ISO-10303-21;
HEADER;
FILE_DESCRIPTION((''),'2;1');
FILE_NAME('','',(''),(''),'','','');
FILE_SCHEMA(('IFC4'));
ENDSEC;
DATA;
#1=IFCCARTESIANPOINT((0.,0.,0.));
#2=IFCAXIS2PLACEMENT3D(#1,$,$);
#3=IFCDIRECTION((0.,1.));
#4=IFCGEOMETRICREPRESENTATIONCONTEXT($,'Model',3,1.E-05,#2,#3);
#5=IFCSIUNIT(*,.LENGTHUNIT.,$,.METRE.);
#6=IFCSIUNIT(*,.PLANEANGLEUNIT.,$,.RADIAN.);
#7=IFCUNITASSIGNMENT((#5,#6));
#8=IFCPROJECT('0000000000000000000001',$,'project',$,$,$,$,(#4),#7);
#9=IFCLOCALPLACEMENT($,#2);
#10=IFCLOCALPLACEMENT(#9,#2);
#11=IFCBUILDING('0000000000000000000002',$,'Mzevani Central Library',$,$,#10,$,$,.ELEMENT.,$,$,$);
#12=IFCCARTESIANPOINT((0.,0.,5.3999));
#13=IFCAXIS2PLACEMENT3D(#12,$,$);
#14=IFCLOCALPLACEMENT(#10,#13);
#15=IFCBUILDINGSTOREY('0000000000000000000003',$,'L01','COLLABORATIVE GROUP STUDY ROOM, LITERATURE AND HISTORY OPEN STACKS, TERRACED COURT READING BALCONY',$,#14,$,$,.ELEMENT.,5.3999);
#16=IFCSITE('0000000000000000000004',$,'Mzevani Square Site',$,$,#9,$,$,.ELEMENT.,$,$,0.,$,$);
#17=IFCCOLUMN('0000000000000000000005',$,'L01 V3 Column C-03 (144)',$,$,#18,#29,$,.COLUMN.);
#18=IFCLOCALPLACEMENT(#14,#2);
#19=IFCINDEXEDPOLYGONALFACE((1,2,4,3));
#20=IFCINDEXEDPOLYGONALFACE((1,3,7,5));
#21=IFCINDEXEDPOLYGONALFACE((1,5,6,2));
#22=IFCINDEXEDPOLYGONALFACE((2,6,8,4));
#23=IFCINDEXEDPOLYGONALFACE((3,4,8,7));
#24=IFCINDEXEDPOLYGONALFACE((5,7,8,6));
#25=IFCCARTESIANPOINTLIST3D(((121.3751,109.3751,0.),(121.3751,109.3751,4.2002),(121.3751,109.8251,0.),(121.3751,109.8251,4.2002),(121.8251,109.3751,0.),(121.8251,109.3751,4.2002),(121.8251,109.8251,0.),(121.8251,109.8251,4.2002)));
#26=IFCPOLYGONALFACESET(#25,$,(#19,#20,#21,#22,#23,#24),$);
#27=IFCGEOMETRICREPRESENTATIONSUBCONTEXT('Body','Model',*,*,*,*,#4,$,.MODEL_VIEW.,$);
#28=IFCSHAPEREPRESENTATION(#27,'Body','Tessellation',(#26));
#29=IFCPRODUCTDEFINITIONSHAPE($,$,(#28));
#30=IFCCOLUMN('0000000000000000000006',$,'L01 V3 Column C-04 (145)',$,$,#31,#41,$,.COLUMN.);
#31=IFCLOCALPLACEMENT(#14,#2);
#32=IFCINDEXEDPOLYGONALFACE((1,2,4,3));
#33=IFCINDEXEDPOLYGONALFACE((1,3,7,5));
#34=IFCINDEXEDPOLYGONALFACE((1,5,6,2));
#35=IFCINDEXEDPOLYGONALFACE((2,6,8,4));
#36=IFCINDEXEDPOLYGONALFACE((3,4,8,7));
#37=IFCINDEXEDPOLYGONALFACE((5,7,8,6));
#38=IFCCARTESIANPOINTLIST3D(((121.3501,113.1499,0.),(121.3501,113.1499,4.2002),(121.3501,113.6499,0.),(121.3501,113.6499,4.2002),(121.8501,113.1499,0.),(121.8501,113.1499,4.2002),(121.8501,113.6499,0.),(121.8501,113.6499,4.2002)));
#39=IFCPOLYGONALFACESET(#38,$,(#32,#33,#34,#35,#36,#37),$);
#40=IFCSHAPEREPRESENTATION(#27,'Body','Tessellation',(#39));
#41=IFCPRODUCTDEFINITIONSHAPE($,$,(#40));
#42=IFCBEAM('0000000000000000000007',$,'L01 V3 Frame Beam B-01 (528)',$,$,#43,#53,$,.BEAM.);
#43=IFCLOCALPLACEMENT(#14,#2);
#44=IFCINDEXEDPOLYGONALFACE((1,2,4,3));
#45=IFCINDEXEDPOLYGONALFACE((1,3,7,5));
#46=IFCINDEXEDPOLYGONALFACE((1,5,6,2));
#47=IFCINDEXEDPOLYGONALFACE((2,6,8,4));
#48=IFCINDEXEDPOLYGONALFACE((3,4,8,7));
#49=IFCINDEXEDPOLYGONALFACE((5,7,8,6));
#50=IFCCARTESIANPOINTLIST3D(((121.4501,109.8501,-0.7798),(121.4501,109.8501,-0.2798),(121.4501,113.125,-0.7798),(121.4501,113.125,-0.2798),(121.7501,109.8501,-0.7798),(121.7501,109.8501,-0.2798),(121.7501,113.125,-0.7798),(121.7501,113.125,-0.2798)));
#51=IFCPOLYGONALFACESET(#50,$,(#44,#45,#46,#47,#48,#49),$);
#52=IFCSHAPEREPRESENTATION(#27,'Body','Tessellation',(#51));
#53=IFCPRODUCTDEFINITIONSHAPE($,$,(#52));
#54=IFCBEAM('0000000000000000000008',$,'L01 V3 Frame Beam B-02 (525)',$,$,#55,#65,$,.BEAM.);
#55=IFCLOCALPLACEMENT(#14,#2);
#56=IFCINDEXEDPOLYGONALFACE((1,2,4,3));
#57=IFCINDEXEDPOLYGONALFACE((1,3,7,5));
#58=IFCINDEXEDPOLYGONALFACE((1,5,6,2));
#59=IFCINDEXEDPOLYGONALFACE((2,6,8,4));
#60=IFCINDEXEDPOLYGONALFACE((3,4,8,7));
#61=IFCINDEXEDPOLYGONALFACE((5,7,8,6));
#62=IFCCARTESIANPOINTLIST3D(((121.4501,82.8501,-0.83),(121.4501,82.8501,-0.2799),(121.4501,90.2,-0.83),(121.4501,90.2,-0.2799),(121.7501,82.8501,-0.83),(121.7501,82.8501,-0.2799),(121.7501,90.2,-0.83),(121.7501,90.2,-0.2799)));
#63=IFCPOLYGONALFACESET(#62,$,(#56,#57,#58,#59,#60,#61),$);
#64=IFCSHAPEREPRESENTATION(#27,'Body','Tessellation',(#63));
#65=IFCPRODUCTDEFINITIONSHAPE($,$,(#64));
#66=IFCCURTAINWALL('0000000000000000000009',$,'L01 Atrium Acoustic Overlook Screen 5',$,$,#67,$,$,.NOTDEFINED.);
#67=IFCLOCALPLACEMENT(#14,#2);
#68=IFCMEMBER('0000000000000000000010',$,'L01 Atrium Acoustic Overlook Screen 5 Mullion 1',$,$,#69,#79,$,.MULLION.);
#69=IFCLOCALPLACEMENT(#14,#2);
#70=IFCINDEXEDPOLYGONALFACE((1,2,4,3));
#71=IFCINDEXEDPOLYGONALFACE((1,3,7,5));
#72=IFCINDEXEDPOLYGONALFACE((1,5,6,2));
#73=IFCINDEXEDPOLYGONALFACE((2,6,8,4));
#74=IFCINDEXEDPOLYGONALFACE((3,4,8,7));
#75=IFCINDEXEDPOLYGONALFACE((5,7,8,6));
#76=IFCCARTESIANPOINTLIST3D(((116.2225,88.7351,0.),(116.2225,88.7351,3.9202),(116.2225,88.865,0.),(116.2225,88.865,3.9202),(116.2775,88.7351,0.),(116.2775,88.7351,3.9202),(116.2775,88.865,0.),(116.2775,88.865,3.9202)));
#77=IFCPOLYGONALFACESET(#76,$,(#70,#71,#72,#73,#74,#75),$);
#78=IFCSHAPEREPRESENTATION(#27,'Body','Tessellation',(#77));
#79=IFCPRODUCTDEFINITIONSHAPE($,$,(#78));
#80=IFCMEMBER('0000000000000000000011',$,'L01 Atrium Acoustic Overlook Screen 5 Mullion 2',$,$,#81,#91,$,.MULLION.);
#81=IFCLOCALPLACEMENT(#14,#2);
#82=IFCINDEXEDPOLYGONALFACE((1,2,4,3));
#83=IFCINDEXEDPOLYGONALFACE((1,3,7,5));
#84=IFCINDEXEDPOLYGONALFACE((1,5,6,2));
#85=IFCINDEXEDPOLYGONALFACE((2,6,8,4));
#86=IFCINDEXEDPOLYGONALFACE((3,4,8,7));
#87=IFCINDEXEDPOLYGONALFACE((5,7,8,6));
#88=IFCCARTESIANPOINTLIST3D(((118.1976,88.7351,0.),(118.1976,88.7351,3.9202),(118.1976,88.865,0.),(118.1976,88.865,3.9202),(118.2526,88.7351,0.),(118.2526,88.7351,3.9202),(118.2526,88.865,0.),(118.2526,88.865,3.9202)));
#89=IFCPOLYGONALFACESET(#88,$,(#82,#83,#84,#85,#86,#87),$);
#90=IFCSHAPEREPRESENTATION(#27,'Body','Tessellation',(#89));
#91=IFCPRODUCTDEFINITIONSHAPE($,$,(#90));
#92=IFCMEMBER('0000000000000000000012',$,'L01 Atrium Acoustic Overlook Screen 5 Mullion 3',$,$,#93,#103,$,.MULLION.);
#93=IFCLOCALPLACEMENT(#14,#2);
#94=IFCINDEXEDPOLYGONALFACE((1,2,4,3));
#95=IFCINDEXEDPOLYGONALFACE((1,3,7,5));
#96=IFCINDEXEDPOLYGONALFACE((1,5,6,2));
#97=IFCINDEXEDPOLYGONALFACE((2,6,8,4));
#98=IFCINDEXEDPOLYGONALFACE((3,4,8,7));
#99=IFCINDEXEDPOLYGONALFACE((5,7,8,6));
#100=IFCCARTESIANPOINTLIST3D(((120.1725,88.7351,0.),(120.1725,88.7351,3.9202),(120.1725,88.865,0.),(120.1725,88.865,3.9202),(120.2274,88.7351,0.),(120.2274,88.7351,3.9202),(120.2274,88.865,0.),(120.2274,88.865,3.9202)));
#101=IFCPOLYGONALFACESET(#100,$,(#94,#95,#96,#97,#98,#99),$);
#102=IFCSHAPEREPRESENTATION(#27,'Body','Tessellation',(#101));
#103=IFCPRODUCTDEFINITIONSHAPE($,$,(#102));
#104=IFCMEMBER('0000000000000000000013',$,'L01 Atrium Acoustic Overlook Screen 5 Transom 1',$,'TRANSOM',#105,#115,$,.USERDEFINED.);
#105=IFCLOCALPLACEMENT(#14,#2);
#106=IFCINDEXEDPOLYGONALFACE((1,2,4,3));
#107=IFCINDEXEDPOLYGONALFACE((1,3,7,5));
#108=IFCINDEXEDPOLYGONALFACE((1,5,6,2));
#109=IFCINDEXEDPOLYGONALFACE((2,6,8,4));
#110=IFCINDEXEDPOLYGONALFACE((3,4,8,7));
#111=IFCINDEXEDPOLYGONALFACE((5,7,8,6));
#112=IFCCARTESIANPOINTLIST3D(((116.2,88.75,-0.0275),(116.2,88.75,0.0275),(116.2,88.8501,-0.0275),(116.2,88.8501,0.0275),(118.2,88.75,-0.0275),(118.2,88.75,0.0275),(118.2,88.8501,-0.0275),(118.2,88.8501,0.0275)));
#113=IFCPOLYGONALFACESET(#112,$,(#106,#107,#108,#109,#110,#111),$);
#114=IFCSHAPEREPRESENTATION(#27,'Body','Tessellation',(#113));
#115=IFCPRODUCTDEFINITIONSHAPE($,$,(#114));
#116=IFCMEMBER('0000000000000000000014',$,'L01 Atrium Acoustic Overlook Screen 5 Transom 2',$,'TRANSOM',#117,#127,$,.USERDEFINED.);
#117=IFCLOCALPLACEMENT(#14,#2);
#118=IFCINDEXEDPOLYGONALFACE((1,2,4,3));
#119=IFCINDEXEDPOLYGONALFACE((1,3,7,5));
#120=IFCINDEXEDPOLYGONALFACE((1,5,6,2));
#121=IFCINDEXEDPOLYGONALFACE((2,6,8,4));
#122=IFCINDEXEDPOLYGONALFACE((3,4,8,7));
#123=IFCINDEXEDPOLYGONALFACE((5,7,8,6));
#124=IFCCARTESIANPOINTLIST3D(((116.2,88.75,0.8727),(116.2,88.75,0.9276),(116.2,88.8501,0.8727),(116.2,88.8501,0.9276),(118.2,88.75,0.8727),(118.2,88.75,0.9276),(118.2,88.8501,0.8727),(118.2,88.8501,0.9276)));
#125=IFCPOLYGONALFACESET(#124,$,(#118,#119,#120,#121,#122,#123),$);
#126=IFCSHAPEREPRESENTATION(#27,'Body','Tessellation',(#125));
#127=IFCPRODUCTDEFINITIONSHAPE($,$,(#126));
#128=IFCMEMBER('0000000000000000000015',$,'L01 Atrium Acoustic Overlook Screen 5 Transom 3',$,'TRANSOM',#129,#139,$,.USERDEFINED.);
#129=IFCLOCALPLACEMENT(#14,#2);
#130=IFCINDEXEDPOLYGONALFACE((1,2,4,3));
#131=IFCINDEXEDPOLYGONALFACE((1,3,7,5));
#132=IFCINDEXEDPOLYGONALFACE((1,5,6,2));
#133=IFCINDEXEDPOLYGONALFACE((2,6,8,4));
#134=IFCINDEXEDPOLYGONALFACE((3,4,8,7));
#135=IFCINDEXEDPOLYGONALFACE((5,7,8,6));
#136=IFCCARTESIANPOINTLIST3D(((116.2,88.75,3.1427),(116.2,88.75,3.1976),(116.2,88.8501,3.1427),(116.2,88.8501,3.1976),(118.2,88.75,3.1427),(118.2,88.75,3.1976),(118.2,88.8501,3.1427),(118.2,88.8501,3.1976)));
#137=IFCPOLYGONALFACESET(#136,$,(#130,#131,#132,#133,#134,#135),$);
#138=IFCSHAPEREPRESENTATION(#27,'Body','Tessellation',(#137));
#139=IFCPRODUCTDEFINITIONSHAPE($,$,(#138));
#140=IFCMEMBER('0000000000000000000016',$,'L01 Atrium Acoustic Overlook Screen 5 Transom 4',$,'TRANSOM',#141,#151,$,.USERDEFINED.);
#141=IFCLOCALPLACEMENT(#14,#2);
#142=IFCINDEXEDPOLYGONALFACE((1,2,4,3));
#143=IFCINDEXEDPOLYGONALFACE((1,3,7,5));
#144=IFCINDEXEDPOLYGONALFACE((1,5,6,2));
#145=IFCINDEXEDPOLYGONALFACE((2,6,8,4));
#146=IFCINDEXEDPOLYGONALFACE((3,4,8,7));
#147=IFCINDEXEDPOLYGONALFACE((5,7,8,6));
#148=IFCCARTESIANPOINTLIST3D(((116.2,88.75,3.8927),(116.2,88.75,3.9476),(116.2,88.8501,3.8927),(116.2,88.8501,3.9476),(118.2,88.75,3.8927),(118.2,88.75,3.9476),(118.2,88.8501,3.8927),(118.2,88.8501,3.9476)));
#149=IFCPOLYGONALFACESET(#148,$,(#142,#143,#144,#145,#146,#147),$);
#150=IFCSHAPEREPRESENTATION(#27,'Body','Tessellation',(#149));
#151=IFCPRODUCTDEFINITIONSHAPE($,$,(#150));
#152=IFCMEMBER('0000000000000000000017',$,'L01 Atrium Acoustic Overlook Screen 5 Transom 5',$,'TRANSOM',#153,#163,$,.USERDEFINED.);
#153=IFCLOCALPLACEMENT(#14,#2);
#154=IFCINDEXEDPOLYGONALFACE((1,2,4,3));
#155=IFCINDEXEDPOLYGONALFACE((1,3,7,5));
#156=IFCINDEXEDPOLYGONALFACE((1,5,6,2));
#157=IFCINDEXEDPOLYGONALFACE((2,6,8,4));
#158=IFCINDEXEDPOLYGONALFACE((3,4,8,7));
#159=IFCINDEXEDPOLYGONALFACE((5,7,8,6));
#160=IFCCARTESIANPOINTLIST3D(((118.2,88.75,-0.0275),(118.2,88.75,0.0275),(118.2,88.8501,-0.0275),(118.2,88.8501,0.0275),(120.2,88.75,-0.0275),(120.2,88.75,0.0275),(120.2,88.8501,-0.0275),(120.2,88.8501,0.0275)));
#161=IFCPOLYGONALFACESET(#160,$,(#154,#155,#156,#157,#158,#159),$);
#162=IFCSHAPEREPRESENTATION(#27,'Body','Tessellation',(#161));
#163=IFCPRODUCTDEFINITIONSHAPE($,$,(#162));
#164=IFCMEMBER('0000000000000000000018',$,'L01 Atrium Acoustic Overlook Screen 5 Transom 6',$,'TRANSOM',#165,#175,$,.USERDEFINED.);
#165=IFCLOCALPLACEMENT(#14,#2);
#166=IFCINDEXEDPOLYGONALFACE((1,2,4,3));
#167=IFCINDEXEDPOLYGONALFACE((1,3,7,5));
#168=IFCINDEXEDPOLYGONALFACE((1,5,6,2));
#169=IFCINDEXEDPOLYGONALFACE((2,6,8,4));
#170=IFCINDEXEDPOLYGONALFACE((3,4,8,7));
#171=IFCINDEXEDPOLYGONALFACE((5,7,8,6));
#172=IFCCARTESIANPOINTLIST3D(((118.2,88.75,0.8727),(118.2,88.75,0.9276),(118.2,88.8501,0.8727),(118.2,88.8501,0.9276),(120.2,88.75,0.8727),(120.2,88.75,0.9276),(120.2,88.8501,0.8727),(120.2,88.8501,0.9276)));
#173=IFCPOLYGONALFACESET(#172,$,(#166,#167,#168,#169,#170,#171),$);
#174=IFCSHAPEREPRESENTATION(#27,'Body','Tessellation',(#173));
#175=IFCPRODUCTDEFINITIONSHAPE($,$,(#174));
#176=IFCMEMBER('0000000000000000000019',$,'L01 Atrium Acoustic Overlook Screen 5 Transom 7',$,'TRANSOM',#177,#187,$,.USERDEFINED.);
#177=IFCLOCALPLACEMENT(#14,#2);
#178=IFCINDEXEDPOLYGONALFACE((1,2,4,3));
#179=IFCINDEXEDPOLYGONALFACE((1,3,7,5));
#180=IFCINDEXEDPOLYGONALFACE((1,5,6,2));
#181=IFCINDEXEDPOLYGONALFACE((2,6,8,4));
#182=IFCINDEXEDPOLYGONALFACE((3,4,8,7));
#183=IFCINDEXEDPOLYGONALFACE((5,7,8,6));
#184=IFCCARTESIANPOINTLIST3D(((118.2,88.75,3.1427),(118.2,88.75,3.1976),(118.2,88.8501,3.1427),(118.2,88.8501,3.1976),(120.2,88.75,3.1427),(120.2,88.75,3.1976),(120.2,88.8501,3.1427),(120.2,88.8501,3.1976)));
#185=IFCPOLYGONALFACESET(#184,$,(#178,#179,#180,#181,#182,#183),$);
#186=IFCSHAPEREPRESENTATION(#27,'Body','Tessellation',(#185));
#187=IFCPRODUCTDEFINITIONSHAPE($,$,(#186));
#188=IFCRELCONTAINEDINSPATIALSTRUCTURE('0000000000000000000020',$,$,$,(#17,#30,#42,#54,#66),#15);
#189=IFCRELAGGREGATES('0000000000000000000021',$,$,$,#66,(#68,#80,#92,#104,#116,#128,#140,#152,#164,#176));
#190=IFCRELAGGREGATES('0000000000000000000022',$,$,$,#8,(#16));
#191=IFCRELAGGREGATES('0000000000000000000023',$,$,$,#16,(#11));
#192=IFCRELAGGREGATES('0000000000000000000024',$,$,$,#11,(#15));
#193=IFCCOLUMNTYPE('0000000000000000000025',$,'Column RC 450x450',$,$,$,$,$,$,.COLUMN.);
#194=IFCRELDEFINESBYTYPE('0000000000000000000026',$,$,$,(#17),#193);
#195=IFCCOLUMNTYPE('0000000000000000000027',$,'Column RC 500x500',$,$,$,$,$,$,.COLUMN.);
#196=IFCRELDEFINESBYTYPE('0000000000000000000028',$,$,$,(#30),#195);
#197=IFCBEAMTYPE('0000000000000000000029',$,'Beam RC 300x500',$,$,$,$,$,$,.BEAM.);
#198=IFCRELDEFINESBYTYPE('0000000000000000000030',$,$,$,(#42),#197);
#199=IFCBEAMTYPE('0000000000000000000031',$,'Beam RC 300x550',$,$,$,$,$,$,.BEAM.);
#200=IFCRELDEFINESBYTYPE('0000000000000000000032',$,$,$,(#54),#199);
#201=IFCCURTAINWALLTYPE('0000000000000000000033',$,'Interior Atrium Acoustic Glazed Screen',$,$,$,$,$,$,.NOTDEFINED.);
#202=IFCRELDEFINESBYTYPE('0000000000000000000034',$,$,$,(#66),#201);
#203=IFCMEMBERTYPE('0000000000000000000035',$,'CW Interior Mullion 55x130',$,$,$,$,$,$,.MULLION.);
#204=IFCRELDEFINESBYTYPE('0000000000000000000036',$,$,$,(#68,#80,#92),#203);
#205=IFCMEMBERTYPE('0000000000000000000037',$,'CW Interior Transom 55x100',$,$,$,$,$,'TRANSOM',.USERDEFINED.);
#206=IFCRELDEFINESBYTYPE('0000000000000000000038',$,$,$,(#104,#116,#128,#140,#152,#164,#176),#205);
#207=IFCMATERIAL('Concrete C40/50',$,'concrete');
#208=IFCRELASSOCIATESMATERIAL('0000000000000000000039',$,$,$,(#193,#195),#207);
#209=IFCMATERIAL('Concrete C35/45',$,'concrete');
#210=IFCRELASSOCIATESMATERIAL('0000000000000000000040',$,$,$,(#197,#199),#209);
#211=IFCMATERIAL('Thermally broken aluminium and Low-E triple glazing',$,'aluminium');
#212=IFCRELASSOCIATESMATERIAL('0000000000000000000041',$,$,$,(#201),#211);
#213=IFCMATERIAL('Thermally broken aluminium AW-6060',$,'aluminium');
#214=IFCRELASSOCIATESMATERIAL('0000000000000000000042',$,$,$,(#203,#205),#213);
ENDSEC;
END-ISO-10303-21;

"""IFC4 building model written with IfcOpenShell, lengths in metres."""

from ifc_helpers import new_model, si_unit, direction, frame, origin, origin_2d, place, context, subcontext, project, spatial, rectangle, extrude, material, material_profile, profile_set, type_object, element, aggregate, save


model = new_model("IFC4")

# Units and contexts
model_context = context("Model", 3, precision=1e-05, world=origin(), true_north=direction((0.0, 1.0)))
body_context = subcontext(model_context, "Body", "Model", "MODEL_VIEW")
ifc_project = project(units=[si_unit("LENGTHUNIT", "METRE"), si_unit("PLANEANGLEUNIT", "RADIAN")], contexts=[model_context])

# Site, building, storey
site_placement = place(None, origin())
site = spatial("IfcSite", under=ifc_project, at=site_placement, Name="Mzevani Square Site", CompositionType="ELEMENT", RefElevation=0.0)
building_placement = place(site_placement, origin())
building = spatial("IfcBuilding", under=site, at=building_placement, Name="Mzevani Central Library", CompositionType="ELEMENT")
storey_placement = place(building_placement, frame((0.0, 0.0, 5.3999)))
storey = spatial("IfcBuildingStorey", under=building, at=storey_placement, Name="L01", Description="COLLABORATIVE GROUP STUDY ROOM, LITERATURE AND HISTORY OPEN STACKS, TERRACED COURT READING BALCONY", CompositionType="ELEMENT", Elevation=5.3999)

# Columns
ifc_material_1 = material(Name="Concrete C40/50", Category="concrete")
ifc_material_profile_1 = material_profile(ifc_material_1, rectangle(XDim=0.45, YDim=0.45, at=origin_2d()), Name="RC 450x450")
ifc_profile_set_1 = profile_set([ifc_material_profile_1], Name="Concrete C40/50")
column_type_1 = type_object("IfcColumnType", Name="Column RC 450x450", PredefinedType="COLUMN", material=ifc_profile_set_1)
column_1_placement = place(storey_placement, frame((121.6001, 109.6001, 0.0), z_axis=(0.0, 0.0, 1.0), x_axis=(1.0, 0.0, 0.0)))
element("IfcColumn", 1, at=column_1_placement, inside=storey, type_object=column_type_1, Name="L01 V3 Column C-03 (144)", PredefinedType="COLUMN", context=body_context, shape_type="SweptSolid", body=[
    extrude(rectangle(XDim=0.45, YDim=0.45, at=origin_2d()), origin(), (0.0, 0.0, 1.0), 4.2002),
])
ifc_material_profile_2 = material_profile(ifc_material_1, rectangle(XDim=0.5, YDim=0.5, at=origin_2d()), Name="RC 500x500")
ifc_profile_set_2 = profile_set([ifc_material_profile_2], Name="Concrete C40/50")
column_type_2 = type_object("IfcColumnType", Name="Column RC 500x500", PredefinedType="COLUMN", material=ifc_profile_set_2)
column_2_placement = place(storey_placement, frame((121.6001, 113.3999, 0.0), z_axis=(0.0, 0.0, 1.0), x_axis=(1.0, 0.0, 0.0)))
element("IfcColumn", 2, at=column_2_placement, inside=storey, type_object=column_type_2, Name="L01 V3 Column C-04 (145)", PredefinedType="COLUMN", context=body_context, shape_type="SweptSolid", body=[
    extrude(rectangle(XDim=0.5, YDim=0.5, at=origin_2d()), origin(), (0.0, 0.0, 1.0), 4.2002),
])

# Beams
ifc_material_2 = material(Name="Concrete C35/45", Category="concrete")
ifc_material_profile_3 = material_profile(ifc_material_2, rectangle(XDim=0.3, YDim=0.5, at=origin_2d()), Name="RC B300x500")
ifc_profile_set_3 = profile_set([ifc_material_profile_3], Name="Concrete C35/45")
beam_type_1 = type_object("IfcBeamType", Name="Beam RC 300x500", PredefinedType="BEAM", material=ifc_profile_set_3)
beam_1_placement = place(storey_placement, frame((121.6001, 109.8501, -0.5298), z_axis=(0.0, 1.0, 0.0), x_axis=(-1.0, 0.0, 0.0)))
element("IfcBeam", 3, at=beam_1_placement, inside=storey, type_object=beam_type_1, Name="L01 V3 Frame Beam B-01 (528)", PredefinedType="BEAM", context=body_context, shape_type="SweptSolid", body=[
    extrude(rectangle(XDim=0.3, YDim=0.5, at=origin_2d()), origin(), (0.0, 0.0, 1.0), 3.2749),
])
ifc_material_profile_4 = material_profile(ifc_material_2, rectangle(XDim=0.3, YDim=0.55, at=origin_2d()), Name="RC B300x550")
ifc_profile_set_4 = profile_set([ifc_material_profile_4], Name="Concrete C35/45")
beam_type_2 = type_object("IfcBeamType", Name="Beam RC 300x550", PredefinedType="BEAM", material=ifc_profile_set_4)
beam_2_placement = place(storey_placement, frame((121.6001, 82.8501, -0.5549), z_axis=(0.0, 1.0, 0.0), x_axis=(-1.0, 0.0, 0.0)))
element("IfcBeam", 4, at=beam_2_placement, inside=storey, type_object=beam_type_2, Name="L01 V3 Frame Beam B-02 (525)", PredefinedType="BEAM", context=body_context, shape_type="SweptSolid", body=[
    extrude(rectangle(XDim=0.3, YDim=0.55, at=origin_2d()), origin(), (0.0, 0.0, 1.0), 7.3499),
])

# Curtain wall, members
ifc_material_3 = material(Name="Thermally broken aluminium and Low-E triple glazing", Category="aluminium")
curtain_wall_type = type_object("IfcCurtainWallType", Name="Interior Atrium Acoustic Glazed Screen", PredefinedType="NOTDEFINED", material=ifc_material_3)
curtain_wall_placement = place(storey_placement, origin())
curtain_wall = element("IfcCurtainWall", 5, at=curtain_wall_placement, inside=storey, type_object=curtain_wall_type, Name="L01 Atrium Acoustic Overlook Screen 5", PredefinedType="NOTDEFINED")
ifc_material_4 = material(Name="Thermally broken aluminium AW-6060", Category="aluminium")
ifc_material_profile_5 = material_profile(ifc_material_4, rectangle(XDim=0.0549, YDim=0.1299, at=origin_2d()), Name="ALU M55x130")
ifc_profile_set_5 = profile_set([ifc_material_profile_5], Name="Thermally broken aluminium AW-6060")
member_type_1 = type_object("IfcMemberType", Name="CW Interior Mullion 55x130", PredefinedType="MULLION", material=ifc_profile_set_5)
member_1_placement = place(storey_placement, frame((116.25, 88.8, 0.0), z_axis=(0.0, 0.0, 1.0), x_axis=(1.0, 0.0, 0.0)))
member_1 = element("IfcMember", 6, at=member_1_placement, type_object=member_type_1, Name="L01 Atrium Acoustic Overlook Screen 5 Mullion 1", PredefinedType="MULLION", context=body_context, shape_type="SweptSolid", body=[
    extrude(rectangle(XDim=0.0549, YDim=0.1299, at=origin_2d()), origin(), (0.0, 0.0, 1.0), 3.9202),
])
member_2_placement = place(storey_placement, frame((118.2251, 88.8, 0.0), z_axis=(0.0, 0.0, 1.0), x_axis=(1.0, 0.0, 0.0)))
member_2 = element("IfcMember", 7, at=member_2_placement, type_object=member_type_1, Name="L01 Atrium Acoustic Overlook Screen 5 Mullion 2", PredefinedType="MULLION", context=body_context, shape_type="SweptSolid", body=[
    extrude(rectangle(XDim=0.0549, YDim=0.1299, at=origin_2d()), origin(), (0.0, 0.0, 1.0), 3.9202),
])
member_3_placement = place(storey_placement, frame((120.2, 88.8, 0.0), z_axis=(0.0, 0.0, 1.0), x_axis=(1.0, 0.0, 0.0)))
member_3 = element("IfcMember", 8, at=member_3_placement, type_object=member_type_1, Name="L01 Atrium Acoustic Overlook Screen 5 Mullion 3", PredefinedType="MULLION", context=body_context, shape_type="SweptSolid", body=[
    extrude(rectangle(XDim=0.0549, YDim=0.1299, at=origin_2d()), origin(), (0.0, 0.0, 1.0), 3.9202),
])
ifc_material_profile_6 = material_profile(ifc_material_4, rectangle(XDim=0.1001, YDim=0.0549, at=origin_2d()), Name="ALU T55x100")
ifc_profile_set_6 = profile_set([ifc_material_profile_6], Name="Thermally broken aluminium AW-6060")
member_type_2 = type_object("IfcMemberType", Name="CW Interior Transom 55x100", ElementType="TRANSOM", PredefinedType="USERDEFINED", material=ifc_profile_set_6)
member_4_placement = place(storey_placement, frame((116.2, 88.8, 0.0), z_axis=(1.0, 0.0, 0.0), x_axis=(0.0, 1.0, 0.0)))
member_4 = element("IfcMember", 9, at=member_4_placement, type_object=member_type_2, Name="L01 Atrium Acoustic Overlook Screen 5 Transom 1", ObjectType="TRANSOM", PredefinedType="USERDEFINED", context=body_context, shape_type="SweptSolid", body=[
    extrude(rectangle(XDim=0.1001, YDim=0.0549, at=origin_2d()), origin(), (0.0, 0.0, 1.0), 2.0),
])
member_5_placement = place(storey_placement, frame((116.2, 88.8, 0.9001), z_axis=(1.0, 0.0, 0.0), x_axis=(0.0, 1.0, 0.0)))
member_5 = element("IfcMember", 10, at=member_5_placement, type_object=member_type_2, Name="L01 Atrium Acoustic Overlook Screen 5 Transom 2", ObjectType="TRANSOM", PredefinedType="USERDEFINED", context=body_context, shape_type="SweptSolid", body=[
    extrude(rectangle(XDim=0.1001, YDim=0.0549, at=origin_2d()), origin(), (0.0, 0.0, 1.0), 2.0),
])
member_6_placement = place(storey_placement, frame((116.2, 88.8, 3.1702), z_axis=(1.0, 0.0, 0.0), x_axis=(0.0, 1.0, 0.0)))
member_6 = element("IfcMember", 11, at=member_6_placement, type_object=member_type_2, Name="L01 Atrium Acoustic Overlook Screen 5 Transom 3", ObjectType="TRANSOM", PredefinedType="USERDEFINED", context=body_context, shape_type="SweptSolid", body=[
    extrude(rectangle(XDim=0.1001, YDim=0.0549, at=origin_2d()), origin(), (0.0, 0.0, 1.0), 2.0),
])
member_7_placement = place(storey_placement, frame((116.2, 88.8, 3.9202), z_axis=(1.0, 0.0, 0.0), x_axis=(0.0, 1.0, 0.0)))
member_7 = element("IfcMember", 12, at=member_7_placement, type_object=member_type_2, Name="L01 Atrium Acoustic Overlook Screen 5 Transom 4", ObjectType="TRANSOM", PredefinedType="USERDEFINED", context=body_context, shape_type="SweptSolid", body=[
    extrude(rectangle(XDim=0.1001, YDim=0.0549, at=origin_2d()), origin(), (0.0, 0.0, 1.0), 2.0),
])
member_8_placement = place(storey_placement, frame((118.2, 88.8, 0.0), z_axis=(1.0, 0.0, 0.0), x_axis=(0.0, 1.0, 0.0)))
member_8 = element("IfcMember", 13, at=member_8_placement, type_object=member_type_2, Name="L01 Atrium Acoustic Overlook Screen 5 Transom 5", ObjectType="TRANSOM", PredefinedType="USERDEFINED", context=body_context, shape_type="SweptSolid", body=[
    extrude(rectangle(XDim=0.1001, YDim=0.0549, at=origin_2d()), origin(), (0.0, 0.0, 1.0), 2.0),
])
member_9_placement = place(storey_placement, frame((118.2, 88.8, 0.9001), z_axis=(1.0, 0.0, 0.0), x_axis=(0.0, 1.0, 0.0)))
member_9 = element("IfcMember", 14, at=member_9_placement, type_object=member_type_2, Name="L01 Atrium Acoustic Overlook Screen 5 Transom 6", ObjectType="TRANSOM", PredefinedType="USERDEFINED", context=body_context, shape_type="SweptSolid", body=[
    extrude(rectangle(XDim=0.1001, YDim=0.0549, at=origin_2d()), origin(), (0.0, 0.0, 1.0), 2.0),
])
member_10_placement = place(storey_placement, frame((118.2, 88.8, 3.1702), z_axis=(1.0, 0.0, 0.0), x_axis=(0.0, 1.0, 0.0)))
member_10 = element("IfcMember", 15, at=member_10_placement, type_object=member_type_2, Name="L01 Atrium Acoustic Overlook Screen 5 Transom 7", ObjectType="TRANSOM", PredefinedType="USERDEFINED", context=body_context, shape_type="SweptSolid", body=[
    extrude(rectangle(XDim=0.1001, YDim=0.0549, at=origin_2d()), origin(), (0.0, 0.0, 1.0), 2.0),
])
aggregate(curtain_wall, [member_1, member_2, member_3, member_4, member_5, member_6, member_7, member_8, member_9, member_10])

save(model, "model.ifc")
